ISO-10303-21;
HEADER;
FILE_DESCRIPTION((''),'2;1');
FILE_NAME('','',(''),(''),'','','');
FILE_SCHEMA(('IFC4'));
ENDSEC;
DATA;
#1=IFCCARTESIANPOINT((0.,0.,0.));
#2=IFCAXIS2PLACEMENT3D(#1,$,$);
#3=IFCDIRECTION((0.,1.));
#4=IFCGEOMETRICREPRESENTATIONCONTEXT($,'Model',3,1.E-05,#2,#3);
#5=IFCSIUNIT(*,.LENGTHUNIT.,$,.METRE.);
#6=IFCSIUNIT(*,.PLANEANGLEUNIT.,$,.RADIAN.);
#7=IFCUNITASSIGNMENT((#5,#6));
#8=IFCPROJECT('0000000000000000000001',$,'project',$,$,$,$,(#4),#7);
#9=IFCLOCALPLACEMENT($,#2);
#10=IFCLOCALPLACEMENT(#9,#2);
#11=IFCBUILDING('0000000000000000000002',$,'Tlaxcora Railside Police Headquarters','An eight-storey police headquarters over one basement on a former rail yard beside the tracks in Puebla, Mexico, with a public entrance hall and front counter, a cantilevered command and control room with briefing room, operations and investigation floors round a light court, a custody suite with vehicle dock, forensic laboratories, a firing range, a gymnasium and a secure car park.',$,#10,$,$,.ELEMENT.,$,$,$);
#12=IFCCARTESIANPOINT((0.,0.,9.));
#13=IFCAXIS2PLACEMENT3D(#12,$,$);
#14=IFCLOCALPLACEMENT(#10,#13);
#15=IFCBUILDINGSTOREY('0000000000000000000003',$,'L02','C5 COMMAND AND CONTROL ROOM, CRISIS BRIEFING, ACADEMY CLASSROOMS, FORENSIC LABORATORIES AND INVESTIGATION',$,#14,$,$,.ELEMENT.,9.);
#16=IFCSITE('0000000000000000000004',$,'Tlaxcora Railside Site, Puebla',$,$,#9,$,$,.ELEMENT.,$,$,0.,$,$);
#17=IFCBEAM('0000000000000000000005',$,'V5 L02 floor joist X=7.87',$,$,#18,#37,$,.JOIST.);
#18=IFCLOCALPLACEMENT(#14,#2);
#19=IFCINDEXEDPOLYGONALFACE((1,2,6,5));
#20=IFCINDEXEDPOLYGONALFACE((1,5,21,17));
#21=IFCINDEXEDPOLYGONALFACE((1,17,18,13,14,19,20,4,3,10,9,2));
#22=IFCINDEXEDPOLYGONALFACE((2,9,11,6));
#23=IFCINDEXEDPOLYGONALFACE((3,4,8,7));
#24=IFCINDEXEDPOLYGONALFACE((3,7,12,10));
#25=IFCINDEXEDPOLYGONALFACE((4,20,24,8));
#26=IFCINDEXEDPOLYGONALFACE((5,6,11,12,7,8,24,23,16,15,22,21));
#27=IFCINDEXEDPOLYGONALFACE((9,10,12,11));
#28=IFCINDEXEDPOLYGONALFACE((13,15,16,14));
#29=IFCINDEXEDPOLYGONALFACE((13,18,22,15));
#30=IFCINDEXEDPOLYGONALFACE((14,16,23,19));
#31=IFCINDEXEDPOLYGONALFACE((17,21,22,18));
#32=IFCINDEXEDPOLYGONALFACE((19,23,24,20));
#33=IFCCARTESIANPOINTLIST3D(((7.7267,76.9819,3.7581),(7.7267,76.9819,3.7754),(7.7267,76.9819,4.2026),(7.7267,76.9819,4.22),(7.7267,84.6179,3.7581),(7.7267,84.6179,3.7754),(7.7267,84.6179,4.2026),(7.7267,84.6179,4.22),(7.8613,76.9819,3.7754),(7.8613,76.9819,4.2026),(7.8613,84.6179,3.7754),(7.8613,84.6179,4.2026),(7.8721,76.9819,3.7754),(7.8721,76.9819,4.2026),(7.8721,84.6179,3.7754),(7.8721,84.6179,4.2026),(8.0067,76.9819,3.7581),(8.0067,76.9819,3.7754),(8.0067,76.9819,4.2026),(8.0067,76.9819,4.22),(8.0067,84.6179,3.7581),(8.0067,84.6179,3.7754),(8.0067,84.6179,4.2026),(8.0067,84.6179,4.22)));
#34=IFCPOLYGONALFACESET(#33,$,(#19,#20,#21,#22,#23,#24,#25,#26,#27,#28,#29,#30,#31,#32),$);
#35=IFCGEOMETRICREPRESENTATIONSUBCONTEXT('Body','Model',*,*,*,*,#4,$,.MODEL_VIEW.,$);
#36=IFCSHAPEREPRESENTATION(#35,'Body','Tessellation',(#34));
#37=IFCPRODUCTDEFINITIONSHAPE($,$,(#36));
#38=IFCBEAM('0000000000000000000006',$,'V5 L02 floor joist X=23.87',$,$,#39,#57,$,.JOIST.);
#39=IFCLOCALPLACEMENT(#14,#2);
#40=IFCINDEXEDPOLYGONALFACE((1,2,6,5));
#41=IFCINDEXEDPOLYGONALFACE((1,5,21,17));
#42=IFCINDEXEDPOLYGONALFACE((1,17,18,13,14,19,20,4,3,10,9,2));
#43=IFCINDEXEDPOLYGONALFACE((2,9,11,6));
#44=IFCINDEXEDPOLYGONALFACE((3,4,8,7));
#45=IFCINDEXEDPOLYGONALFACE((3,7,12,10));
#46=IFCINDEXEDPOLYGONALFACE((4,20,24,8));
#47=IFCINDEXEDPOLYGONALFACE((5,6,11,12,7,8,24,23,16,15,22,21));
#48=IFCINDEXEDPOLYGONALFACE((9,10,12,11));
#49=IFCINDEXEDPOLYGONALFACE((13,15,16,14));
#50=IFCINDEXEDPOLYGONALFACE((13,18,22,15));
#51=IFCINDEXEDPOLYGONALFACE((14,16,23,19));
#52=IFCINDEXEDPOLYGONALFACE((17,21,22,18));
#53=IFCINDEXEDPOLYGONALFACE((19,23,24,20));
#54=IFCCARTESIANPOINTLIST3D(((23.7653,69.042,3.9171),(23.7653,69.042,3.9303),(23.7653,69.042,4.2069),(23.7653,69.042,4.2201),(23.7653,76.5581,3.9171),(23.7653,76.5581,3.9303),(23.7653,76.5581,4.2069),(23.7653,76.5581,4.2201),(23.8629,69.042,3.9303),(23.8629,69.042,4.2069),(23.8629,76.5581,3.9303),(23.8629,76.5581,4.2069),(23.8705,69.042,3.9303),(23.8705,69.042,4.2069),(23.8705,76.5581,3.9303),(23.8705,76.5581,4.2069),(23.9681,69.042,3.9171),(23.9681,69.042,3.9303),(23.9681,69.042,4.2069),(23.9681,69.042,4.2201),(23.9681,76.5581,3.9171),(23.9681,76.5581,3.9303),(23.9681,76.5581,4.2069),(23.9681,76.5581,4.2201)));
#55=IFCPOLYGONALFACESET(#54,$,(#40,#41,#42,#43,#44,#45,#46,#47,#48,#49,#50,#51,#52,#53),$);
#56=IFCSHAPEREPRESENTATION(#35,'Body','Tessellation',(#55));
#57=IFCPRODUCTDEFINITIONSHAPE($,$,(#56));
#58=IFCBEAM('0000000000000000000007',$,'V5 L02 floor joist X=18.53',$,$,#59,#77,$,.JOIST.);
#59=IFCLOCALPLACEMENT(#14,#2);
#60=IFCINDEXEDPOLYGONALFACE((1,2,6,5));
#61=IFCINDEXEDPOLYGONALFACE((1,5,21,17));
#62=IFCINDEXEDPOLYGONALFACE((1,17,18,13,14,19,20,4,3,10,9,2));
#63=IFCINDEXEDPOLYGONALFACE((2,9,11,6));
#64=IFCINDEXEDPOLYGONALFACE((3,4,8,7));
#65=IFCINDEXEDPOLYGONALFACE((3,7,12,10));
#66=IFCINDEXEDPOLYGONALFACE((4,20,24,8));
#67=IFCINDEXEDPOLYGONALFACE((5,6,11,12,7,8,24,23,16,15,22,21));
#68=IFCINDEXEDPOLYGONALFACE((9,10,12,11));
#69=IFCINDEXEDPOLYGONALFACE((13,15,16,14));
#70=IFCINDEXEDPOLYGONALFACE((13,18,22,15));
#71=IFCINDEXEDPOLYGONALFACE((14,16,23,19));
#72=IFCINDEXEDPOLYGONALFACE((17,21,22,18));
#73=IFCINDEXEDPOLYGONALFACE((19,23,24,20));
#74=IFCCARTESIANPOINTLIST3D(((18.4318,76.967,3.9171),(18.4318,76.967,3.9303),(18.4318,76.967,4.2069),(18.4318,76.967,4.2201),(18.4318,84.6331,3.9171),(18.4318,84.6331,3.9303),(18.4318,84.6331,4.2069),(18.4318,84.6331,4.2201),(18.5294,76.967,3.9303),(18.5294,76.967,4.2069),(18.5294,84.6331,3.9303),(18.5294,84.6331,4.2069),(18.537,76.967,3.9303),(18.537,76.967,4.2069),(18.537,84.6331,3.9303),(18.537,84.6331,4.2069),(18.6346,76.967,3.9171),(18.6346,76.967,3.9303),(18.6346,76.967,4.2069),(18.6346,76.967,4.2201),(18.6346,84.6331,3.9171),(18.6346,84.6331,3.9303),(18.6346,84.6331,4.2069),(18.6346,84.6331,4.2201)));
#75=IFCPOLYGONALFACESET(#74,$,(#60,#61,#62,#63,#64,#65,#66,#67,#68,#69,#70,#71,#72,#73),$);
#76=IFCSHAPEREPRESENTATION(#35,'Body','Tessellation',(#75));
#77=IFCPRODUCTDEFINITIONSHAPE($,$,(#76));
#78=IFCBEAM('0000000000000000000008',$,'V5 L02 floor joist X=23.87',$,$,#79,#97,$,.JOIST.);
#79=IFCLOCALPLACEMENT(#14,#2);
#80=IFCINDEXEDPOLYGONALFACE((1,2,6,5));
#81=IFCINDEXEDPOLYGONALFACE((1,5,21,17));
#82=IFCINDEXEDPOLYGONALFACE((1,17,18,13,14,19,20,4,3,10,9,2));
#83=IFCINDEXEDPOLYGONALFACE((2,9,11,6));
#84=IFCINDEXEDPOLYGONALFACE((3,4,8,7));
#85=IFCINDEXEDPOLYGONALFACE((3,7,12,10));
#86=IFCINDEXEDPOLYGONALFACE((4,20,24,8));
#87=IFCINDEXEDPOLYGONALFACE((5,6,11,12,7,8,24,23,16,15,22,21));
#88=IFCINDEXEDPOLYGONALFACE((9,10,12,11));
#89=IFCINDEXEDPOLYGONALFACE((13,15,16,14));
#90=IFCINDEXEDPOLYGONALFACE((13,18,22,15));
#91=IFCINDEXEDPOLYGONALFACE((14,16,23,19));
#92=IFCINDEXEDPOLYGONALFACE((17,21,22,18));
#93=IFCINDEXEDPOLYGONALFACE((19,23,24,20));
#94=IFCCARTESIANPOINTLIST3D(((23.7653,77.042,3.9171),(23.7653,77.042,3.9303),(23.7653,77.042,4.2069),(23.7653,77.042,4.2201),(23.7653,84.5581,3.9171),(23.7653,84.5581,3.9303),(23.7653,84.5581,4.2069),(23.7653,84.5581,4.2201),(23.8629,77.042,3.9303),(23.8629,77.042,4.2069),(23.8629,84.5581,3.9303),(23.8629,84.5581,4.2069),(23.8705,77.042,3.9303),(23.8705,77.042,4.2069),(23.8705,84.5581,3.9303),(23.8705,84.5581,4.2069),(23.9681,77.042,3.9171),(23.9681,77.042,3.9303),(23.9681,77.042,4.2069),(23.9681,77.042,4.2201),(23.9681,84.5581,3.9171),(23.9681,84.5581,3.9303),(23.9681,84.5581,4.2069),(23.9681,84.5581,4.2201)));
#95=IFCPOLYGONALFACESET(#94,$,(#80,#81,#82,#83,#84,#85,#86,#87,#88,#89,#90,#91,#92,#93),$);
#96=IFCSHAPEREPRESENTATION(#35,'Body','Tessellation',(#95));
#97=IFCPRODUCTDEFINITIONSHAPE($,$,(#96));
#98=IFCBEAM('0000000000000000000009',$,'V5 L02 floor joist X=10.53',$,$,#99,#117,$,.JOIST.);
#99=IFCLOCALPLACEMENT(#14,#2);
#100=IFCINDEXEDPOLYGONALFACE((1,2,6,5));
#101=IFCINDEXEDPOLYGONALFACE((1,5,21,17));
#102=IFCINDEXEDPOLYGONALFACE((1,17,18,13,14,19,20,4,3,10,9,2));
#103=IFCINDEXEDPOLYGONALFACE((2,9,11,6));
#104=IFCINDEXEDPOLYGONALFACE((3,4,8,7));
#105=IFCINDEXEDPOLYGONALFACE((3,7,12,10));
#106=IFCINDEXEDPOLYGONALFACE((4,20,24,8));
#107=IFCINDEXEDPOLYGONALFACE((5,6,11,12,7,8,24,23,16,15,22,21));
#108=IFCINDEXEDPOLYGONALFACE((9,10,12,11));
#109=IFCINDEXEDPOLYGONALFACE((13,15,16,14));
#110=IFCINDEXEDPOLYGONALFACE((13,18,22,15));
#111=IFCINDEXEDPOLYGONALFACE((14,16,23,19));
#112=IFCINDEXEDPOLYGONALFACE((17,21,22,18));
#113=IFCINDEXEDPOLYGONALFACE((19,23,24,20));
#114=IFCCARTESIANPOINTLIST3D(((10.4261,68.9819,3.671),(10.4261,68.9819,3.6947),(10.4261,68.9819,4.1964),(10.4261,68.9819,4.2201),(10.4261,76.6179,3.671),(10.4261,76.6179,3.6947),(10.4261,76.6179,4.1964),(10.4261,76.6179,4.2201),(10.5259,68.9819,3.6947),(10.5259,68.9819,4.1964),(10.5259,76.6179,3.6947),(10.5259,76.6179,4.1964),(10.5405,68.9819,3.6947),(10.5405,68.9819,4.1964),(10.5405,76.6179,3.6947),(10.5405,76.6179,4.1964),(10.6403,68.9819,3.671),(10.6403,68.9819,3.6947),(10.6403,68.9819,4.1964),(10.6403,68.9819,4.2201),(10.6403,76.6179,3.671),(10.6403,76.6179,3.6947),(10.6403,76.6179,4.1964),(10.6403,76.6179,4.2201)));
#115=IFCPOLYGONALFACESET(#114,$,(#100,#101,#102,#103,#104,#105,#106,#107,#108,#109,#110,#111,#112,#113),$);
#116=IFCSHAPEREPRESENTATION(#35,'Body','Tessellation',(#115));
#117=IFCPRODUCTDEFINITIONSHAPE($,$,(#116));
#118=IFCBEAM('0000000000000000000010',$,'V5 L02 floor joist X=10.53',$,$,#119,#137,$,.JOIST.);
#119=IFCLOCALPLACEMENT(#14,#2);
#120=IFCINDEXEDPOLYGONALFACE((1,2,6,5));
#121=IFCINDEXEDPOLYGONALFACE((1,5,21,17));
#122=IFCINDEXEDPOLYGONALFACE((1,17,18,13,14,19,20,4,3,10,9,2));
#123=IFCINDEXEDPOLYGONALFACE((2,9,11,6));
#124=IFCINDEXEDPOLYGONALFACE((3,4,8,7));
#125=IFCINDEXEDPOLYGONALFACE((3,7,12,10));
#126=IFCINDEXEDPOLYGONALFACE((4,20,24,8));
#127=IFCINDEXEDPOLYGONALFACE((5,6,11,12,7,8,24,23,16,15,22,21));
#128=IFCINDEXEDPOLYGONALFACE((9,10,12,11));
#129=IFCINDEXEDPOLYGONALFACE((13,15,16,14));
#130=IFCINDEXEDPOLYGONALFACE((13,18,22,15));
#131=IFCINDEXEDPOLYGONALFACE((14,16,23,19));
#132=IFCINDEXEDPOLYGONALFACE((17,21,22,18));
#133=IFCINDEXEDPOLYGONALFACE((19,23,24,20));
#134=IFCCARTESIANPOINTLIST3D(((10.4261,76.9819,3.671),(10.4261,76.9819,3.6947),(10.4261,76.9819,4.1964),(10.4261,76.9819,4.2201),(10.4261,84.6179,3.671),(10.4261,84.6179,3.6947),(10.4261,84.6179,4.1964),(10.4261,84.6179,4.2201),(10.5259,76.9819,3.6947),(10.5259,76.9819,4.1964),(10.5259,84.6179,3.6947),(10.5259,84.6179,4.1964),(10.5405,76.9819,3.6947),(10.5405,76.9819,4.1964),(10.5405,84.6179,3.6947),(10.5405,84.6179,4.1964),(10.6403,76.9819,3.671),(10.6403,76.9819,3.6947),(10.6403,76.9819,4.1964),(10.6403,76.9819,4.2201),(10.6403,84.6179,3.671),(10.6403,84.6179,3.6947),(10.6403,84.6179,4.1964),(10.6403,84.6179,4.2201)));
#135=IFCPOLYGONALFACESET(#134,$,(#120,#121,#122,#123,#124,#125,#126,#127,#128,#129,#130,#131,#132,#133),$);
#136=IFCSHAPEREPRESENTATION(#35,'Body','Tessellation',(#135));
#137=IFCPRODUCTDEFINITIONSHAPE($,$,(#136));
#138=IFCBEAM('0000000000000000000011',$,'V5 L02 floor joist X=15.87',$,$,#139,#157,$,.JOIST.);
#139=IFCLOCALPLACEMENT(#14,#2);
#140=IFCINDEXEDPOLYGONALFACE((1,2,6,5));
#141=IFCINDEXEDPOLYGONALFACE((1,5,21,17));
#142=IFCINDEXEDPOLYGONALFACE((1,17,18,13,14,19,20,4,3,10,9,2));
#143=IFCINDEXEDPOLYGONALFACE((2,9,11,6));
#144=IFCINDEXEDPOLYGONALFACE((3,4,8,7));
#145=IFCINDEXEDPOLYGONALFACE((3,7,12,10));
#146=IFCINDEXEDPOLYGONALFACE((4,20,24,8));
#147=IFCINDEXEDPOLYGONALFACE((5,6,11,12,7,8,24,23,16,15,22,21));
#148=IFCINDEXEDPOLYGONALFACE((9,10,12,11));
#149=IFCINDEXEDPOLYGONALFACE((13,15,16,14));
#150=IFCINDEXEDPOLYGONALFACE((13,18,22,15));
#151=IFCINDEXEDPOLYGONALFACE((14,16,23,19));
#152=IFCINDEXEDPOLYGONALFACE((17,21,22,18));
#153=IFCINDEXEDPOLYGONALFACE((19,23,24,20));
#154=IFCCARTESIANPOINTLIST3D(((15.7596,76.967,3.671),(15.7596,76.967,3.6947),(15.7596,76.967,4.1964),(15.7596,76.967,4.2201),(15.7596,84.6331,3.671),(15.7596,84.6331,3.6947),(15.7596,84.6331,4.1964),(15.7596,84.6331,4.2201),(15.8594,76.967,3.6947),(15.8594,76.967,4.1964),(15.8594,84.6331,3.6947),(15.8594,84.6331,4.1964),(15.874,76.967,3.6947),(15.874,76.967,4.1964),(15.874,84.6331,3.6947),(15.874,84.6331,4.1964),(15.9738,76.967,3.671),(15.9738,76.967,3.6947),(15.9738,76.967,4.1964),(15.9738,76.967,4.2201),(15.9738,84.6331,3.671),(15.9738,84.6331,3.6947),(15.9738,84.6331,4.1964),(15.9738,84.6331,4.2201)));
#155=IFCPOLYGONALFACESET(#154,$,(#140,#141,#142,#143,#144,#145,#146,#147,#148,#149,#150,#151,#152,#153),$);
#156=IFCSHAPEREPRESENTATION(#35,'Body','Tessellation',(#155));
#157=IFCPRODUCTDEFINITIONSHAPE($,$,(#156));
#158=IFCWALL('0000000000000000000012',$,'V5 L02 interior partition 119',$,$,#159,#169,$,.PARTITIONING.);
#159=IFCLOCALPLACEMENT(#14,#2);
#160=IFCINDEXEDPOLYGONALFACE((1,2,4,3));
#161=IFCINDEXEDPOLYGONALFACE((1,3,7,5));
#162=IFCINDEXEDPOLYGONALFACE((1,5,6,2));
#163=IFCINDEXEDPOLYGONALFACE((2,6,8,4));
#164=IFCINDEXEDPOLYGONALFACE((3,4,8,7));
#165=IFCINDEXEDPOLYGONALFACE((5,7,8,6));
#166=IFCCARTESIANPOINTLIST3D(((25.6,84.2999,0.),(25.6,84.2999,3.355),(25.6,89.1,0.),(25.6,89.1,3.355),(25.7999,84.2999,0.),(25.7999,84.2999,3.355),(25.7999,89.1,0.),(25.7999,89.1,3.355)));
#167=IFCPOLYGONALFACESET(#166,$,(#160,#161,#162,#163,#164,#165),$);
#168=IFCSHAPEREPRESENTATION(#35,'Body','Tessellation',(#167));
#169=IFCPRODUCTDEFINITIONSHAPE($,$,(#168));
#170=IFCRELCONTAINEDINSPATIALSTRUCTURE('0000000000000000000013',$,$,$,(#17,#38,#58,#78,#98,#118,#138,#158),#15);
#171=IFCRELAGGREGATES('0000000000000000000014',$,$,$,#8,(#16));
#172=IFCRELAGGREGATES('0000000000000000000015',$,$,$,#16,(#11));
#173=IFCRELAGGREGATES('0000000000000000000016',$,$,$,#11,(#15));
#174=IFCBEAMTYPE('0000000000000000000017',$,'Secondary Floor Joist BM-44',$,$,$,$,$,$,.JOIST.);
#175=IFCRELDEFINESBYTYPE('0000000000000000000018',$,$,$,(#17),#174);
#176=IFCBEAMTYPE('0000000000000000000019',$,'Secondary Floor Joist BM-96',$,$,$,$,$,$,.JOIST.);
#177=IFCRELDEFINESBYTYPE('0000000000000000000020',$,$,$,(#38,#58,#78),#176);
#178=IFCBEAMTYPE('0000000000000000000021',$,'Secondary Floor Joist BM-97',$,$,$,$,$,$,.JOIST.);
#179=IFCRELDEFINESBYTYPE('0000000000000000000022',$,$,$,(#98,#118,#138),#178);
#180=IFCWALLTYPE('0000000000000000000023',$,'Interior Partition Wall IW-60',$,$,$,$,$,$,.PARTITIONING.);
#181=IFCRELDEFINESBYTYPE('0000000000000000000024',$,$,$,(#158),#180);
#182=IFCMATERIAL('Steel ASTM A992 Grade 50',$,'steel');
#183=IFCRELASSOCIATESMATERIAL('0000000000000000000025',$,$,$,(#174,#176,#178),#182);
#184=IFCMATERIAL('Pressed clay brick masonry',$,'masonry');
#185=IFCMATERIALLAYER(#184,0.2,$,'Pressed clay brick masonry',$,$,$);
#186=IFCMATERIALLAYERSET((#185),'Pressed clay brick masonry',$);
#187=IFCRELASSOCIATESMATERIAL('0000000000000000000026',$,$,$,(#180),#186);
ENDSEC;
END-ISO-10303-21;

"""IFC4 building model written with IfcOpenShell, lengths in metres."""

from ifc_helpers import new_model, si_unit, direction, frame, frame_2d, origin, origin_2d, place, context, subcontext, project, spatial, rectangle, i_section, extrude, material, layer, layer_set, material_profile, profile_set, type_object, element, save


model = new_model("IFC4")

# Units and contexts
model_context = context("Model", 3, precision=1e-05, world=origin(), true_north=direction((0.0, 1.0)))
body_context = subcontext(model_context, "Body", "Model", "MODEL_VIEW")
ifc_project = project(units=[si_unit("LENGTHUNIT", "METRE"), si_unit("PLANEANGLEUNIT", "RADIAN")], contexts=[model_context])

# Site, building, storey
site_placement = place(None, origin())
site = spatial("IfcSite", under=ifc_project, at=site_placement, Name="Tlaxcora Railside Site, Puebla", CompositionType="ELEMENT", RefElevation=0.0)
building_placement = place(site_placement, origin())
building = spatial("IfcBuilding", under=site, at=building_placement, Name="Tlaxcora Railside Police Headquarters", Description="An eight-storey police headquarters over one basement on a former rail yard beside the tracks in Puebla, Mexico, with a public entrance hall and front counter, a cantilevered command and control room with briefing room, operations and investigation floors round a light court, a custody suite with vehicle dock, forensic laboratories, a firing range, a gymnasium and a secure car park.", CompositionType="ELEMENT")
storey_placement = place(building_placement, frame((0.0, 0.0, 9.0)))
storey = spatial("IfcBuildingStorey", under=building, at=storey_placement, Name="L02", Description="C5 COMMAND AND CONTROL ROOM, CRISIS BRIEFING, ACADEMY CLASSROOMS, FORENSIC LABORATORIES AND INVESTIGATION", CompositionType="ELEMENT", Elevation=9.0)

# Beams
ifc_material_1 = material(Name="Steel ASTM A992 Grade 50", Category="steel")
ifc_material_profile_1 = material_profile(ifc_material_1, i_section(OverallWidth=0.28, OverallDepth=0.4619, WebThickness=0.0107, FlangeThickness=0.0173, at=origin_2d()), Name="W18X76")
ifc_profile_set_1 = profile_set([ifc_material_profile_1], Name="Steel ASTM A992 Grade 50")
beam_type_1 = type_object("IfcBeamType", Name="Secondary Floor Joist BM-44", PredefinedType="JOIST", material=ifc_profile_set_1)
beam_1_placement = place(storey_placement, frame((7.8667, 76.9819, 3.989), z_axis=(0.0, 1.0, 0.0), x_axis=(-1.0, 0.0, 0.0)))
element("IfcBeam", 1, at=beam_1_placement, inside=storey, type_object=beam_type_1, Name="V5 L02 floor joist X=7.87", PredefinedType="JOIST", context=body_context, shape_type="SweptSolid", body=[
    extrude(i_section(OverallWidth=0.28, OverallDepth=0.4619, WebThickness=0.0107, FlangeThickness=0.0173, at=origin_2d()), origin(), (0.0, 0.0, 1.0), 7.636),
])
ifc_material_profile_2 = material_profile(ifc_material_1, i_section(OverallWidth=0.2029, OverallDepth=0.303, WebThickness=0.0076, FlangeThickness=0.0132, at=origin_2d()), Name="W12X40")
ifc_profile_set_2 = profile_set([ifc_material_profile_2], Name="Steel ASTM A992 Grade 50")
beam_type_2 = type_object("IfcBeamType", Name="Secondary Floor Joist BM-96", PredefinedType="JOIST", material=ifc_profile_set_2)
beam_2_placement = place(storey_placement, frame((23.8667, 69.042, 4.0686), z_axis=(0.0, 1.0, 0.0), x_axis=(-1.0, 0.0, 0.0)))
element("IfcBeam", 2, at=beam_2_placement, inside=storey, type_object=beam_type_2, Name="V5 L02 floor joist X=23.87", PredefinedType="JOIST", context=body_context, shape_type="SweptSolid", body=[
    extrude(i_section(OverallWidth=0.2029, OverallDepth=0.303, WebThickness=0.0076, FlangeThickness=0.0132, at=origin_2d()), origin(), (0.0, 0.0, 1.0), 7.5161),
])
beam_3_placement = place(storey_placement, frame((18.5332, 76.967, 4.0686), z_axis=(0.0, 1.0, 0.0), x_axis=(-1.0, 0.0, 0.0)))
element("IfcBeam", 3, at=beam_3_placement, inside=storey, type_object=beam_type_2, Name="V5 L02 floor joist X=18.53", PredefinedType="JOIST", context=body_context, shape_type="SweptSolid", body=[
    extrude(i_section(OverallWidth=0.2029, OverallDepth=0.303, WebThickness=0.0076, FlangeThickness=0.0132, at=origin_2d()), origin(), (0.0, 0.0, 1.0), 7.666),
])
beam_4_placement = place(storey_placement, frame((23.8667, 77.042, 4.0686), z_axis=(0.0, 1.0, 0.0), x_axis=(-1.0, 0.0, 0.0)))
element("IfcBeam", 4, at=beam_4_placement, inside=storey, type_object=beam_type_2, Name="V5 L02 floor joist X=23.87", PredefinedType="JOIST", context=body_context, shape_type="SweptSolid", body=[
    extrude(i_section(OverallWidth=0.2029, OverallDepth=0.303, WebThickness=0.0076, FlangeThickness=0.0132, at=origin_2d()), origin(), (0.0, 0.0, 1.0), 7.5161),
])
ifc_material_profile_3 = material_profile(ifc_material_1, i_section(OverallWidth=0.2141, OverallDepth=0.5491, WebThickness=0.0146, FlangeThickness=0.0237, at=origin_2d()), Name="W21X93")
ifc_profile_set_3 = profile_set([ifc_material_profile_3], Name="Steel ASTM A992 Grade 50")
beam_type_3 = type_object("IfcBeamType", Name="Secondary Floor Joist BM-97", PredefinedType="JOIST", material=ifc_profile_set_3)
for number, where, z_axis, x_axis, name in (
    (5, (10.5332, 68.9819, 3.9456), (0.0, 1.0, 0.0), (-1.0, 0.0, 0.0), "V5 L02 floor joist X=10.53"),
    (6, (10.5332, 76.9819, 3.9456), (0.0, 1.0, 0.0), (-1.0, 0.0, 0.0), "V5 L02 floor joist X=10.53"),
):
    element("IfcBeam", number, at=place(storey_placement, frame(where, z_axis=z_axis, x_axis=x_axis)), inside=storey, type_object=beam_type_3, Name=name, PredefinedType="JOIST", context=body_context, shape_type="SweptSolid", body=[
        extrude(i_section(OverallWidth=0.2141, OverallDepth=0.5491, WebThickness=0.0146, FlangeThickness=0.0237, at=origin_2d()), origin(), (0.0, 0.0, 1.0), 7.636),
    ])
beam_5_placement = place(storey_placement, frame((15.8667, 76.967, 3.9456), z_axis=(0.0, 1.0, 0.0), x_axis=(-1.0, 0.0, 0.0)))
element("IfcBeam", 7, at=beam_5_placement, inside=storey, type_object=beam_type_3, Name="V5 L02 floor joist X=15.87", PredefinedType="JOIST", context=body_context, shape_type="SweptSolid", body=[
    extrude(i_section(OverallWidth=0.2141, OverallDepth=0.5491, WebThickness=0.0146, FlangeThickness=0.0237, at=origin_2d()), origin(), (0.0, 0.0, 1.0), 7.666),
])

# Shared definitions
ifc_material_2 = material(Name="Pressed clay brick masonry", Category="masonry")
ifc_layer = layer(ifc_material_2, 0.2, Name="Pressed clay brick masonry")
ifc_layer_set = layer_set([ifc_layer], Name="Pressed clay brick masonry")
wall_type = type_object("IfcWallType", Name="Interior Partition Wall IW-60", PredefinedType="PARTITIONING", material=ifc_layer_set)

# Wall
wall_1_placement = place(storey_placement, frame((25.7, 84.3, 0.0), z_axis=(0.0, 0.0, 1.0), x_axis=(0.0, 1.0, 0.0)))
element("IfcWall", 8, at=wall_1_placement, inside=storey, type_object=wall_type, Name="V5 L02 interior partition 119", PredefinedType="PARTITIONING", context=body_context, shape_type="SweptSolid", body=[
    extrude(rectangle(XDim=4.8, YDim=0.2, at=frame_2d((2.3999, 0.0))), origin(), (0.0, 0.0, 1.0), 3.355),
])

save(model, "model.ifc")
